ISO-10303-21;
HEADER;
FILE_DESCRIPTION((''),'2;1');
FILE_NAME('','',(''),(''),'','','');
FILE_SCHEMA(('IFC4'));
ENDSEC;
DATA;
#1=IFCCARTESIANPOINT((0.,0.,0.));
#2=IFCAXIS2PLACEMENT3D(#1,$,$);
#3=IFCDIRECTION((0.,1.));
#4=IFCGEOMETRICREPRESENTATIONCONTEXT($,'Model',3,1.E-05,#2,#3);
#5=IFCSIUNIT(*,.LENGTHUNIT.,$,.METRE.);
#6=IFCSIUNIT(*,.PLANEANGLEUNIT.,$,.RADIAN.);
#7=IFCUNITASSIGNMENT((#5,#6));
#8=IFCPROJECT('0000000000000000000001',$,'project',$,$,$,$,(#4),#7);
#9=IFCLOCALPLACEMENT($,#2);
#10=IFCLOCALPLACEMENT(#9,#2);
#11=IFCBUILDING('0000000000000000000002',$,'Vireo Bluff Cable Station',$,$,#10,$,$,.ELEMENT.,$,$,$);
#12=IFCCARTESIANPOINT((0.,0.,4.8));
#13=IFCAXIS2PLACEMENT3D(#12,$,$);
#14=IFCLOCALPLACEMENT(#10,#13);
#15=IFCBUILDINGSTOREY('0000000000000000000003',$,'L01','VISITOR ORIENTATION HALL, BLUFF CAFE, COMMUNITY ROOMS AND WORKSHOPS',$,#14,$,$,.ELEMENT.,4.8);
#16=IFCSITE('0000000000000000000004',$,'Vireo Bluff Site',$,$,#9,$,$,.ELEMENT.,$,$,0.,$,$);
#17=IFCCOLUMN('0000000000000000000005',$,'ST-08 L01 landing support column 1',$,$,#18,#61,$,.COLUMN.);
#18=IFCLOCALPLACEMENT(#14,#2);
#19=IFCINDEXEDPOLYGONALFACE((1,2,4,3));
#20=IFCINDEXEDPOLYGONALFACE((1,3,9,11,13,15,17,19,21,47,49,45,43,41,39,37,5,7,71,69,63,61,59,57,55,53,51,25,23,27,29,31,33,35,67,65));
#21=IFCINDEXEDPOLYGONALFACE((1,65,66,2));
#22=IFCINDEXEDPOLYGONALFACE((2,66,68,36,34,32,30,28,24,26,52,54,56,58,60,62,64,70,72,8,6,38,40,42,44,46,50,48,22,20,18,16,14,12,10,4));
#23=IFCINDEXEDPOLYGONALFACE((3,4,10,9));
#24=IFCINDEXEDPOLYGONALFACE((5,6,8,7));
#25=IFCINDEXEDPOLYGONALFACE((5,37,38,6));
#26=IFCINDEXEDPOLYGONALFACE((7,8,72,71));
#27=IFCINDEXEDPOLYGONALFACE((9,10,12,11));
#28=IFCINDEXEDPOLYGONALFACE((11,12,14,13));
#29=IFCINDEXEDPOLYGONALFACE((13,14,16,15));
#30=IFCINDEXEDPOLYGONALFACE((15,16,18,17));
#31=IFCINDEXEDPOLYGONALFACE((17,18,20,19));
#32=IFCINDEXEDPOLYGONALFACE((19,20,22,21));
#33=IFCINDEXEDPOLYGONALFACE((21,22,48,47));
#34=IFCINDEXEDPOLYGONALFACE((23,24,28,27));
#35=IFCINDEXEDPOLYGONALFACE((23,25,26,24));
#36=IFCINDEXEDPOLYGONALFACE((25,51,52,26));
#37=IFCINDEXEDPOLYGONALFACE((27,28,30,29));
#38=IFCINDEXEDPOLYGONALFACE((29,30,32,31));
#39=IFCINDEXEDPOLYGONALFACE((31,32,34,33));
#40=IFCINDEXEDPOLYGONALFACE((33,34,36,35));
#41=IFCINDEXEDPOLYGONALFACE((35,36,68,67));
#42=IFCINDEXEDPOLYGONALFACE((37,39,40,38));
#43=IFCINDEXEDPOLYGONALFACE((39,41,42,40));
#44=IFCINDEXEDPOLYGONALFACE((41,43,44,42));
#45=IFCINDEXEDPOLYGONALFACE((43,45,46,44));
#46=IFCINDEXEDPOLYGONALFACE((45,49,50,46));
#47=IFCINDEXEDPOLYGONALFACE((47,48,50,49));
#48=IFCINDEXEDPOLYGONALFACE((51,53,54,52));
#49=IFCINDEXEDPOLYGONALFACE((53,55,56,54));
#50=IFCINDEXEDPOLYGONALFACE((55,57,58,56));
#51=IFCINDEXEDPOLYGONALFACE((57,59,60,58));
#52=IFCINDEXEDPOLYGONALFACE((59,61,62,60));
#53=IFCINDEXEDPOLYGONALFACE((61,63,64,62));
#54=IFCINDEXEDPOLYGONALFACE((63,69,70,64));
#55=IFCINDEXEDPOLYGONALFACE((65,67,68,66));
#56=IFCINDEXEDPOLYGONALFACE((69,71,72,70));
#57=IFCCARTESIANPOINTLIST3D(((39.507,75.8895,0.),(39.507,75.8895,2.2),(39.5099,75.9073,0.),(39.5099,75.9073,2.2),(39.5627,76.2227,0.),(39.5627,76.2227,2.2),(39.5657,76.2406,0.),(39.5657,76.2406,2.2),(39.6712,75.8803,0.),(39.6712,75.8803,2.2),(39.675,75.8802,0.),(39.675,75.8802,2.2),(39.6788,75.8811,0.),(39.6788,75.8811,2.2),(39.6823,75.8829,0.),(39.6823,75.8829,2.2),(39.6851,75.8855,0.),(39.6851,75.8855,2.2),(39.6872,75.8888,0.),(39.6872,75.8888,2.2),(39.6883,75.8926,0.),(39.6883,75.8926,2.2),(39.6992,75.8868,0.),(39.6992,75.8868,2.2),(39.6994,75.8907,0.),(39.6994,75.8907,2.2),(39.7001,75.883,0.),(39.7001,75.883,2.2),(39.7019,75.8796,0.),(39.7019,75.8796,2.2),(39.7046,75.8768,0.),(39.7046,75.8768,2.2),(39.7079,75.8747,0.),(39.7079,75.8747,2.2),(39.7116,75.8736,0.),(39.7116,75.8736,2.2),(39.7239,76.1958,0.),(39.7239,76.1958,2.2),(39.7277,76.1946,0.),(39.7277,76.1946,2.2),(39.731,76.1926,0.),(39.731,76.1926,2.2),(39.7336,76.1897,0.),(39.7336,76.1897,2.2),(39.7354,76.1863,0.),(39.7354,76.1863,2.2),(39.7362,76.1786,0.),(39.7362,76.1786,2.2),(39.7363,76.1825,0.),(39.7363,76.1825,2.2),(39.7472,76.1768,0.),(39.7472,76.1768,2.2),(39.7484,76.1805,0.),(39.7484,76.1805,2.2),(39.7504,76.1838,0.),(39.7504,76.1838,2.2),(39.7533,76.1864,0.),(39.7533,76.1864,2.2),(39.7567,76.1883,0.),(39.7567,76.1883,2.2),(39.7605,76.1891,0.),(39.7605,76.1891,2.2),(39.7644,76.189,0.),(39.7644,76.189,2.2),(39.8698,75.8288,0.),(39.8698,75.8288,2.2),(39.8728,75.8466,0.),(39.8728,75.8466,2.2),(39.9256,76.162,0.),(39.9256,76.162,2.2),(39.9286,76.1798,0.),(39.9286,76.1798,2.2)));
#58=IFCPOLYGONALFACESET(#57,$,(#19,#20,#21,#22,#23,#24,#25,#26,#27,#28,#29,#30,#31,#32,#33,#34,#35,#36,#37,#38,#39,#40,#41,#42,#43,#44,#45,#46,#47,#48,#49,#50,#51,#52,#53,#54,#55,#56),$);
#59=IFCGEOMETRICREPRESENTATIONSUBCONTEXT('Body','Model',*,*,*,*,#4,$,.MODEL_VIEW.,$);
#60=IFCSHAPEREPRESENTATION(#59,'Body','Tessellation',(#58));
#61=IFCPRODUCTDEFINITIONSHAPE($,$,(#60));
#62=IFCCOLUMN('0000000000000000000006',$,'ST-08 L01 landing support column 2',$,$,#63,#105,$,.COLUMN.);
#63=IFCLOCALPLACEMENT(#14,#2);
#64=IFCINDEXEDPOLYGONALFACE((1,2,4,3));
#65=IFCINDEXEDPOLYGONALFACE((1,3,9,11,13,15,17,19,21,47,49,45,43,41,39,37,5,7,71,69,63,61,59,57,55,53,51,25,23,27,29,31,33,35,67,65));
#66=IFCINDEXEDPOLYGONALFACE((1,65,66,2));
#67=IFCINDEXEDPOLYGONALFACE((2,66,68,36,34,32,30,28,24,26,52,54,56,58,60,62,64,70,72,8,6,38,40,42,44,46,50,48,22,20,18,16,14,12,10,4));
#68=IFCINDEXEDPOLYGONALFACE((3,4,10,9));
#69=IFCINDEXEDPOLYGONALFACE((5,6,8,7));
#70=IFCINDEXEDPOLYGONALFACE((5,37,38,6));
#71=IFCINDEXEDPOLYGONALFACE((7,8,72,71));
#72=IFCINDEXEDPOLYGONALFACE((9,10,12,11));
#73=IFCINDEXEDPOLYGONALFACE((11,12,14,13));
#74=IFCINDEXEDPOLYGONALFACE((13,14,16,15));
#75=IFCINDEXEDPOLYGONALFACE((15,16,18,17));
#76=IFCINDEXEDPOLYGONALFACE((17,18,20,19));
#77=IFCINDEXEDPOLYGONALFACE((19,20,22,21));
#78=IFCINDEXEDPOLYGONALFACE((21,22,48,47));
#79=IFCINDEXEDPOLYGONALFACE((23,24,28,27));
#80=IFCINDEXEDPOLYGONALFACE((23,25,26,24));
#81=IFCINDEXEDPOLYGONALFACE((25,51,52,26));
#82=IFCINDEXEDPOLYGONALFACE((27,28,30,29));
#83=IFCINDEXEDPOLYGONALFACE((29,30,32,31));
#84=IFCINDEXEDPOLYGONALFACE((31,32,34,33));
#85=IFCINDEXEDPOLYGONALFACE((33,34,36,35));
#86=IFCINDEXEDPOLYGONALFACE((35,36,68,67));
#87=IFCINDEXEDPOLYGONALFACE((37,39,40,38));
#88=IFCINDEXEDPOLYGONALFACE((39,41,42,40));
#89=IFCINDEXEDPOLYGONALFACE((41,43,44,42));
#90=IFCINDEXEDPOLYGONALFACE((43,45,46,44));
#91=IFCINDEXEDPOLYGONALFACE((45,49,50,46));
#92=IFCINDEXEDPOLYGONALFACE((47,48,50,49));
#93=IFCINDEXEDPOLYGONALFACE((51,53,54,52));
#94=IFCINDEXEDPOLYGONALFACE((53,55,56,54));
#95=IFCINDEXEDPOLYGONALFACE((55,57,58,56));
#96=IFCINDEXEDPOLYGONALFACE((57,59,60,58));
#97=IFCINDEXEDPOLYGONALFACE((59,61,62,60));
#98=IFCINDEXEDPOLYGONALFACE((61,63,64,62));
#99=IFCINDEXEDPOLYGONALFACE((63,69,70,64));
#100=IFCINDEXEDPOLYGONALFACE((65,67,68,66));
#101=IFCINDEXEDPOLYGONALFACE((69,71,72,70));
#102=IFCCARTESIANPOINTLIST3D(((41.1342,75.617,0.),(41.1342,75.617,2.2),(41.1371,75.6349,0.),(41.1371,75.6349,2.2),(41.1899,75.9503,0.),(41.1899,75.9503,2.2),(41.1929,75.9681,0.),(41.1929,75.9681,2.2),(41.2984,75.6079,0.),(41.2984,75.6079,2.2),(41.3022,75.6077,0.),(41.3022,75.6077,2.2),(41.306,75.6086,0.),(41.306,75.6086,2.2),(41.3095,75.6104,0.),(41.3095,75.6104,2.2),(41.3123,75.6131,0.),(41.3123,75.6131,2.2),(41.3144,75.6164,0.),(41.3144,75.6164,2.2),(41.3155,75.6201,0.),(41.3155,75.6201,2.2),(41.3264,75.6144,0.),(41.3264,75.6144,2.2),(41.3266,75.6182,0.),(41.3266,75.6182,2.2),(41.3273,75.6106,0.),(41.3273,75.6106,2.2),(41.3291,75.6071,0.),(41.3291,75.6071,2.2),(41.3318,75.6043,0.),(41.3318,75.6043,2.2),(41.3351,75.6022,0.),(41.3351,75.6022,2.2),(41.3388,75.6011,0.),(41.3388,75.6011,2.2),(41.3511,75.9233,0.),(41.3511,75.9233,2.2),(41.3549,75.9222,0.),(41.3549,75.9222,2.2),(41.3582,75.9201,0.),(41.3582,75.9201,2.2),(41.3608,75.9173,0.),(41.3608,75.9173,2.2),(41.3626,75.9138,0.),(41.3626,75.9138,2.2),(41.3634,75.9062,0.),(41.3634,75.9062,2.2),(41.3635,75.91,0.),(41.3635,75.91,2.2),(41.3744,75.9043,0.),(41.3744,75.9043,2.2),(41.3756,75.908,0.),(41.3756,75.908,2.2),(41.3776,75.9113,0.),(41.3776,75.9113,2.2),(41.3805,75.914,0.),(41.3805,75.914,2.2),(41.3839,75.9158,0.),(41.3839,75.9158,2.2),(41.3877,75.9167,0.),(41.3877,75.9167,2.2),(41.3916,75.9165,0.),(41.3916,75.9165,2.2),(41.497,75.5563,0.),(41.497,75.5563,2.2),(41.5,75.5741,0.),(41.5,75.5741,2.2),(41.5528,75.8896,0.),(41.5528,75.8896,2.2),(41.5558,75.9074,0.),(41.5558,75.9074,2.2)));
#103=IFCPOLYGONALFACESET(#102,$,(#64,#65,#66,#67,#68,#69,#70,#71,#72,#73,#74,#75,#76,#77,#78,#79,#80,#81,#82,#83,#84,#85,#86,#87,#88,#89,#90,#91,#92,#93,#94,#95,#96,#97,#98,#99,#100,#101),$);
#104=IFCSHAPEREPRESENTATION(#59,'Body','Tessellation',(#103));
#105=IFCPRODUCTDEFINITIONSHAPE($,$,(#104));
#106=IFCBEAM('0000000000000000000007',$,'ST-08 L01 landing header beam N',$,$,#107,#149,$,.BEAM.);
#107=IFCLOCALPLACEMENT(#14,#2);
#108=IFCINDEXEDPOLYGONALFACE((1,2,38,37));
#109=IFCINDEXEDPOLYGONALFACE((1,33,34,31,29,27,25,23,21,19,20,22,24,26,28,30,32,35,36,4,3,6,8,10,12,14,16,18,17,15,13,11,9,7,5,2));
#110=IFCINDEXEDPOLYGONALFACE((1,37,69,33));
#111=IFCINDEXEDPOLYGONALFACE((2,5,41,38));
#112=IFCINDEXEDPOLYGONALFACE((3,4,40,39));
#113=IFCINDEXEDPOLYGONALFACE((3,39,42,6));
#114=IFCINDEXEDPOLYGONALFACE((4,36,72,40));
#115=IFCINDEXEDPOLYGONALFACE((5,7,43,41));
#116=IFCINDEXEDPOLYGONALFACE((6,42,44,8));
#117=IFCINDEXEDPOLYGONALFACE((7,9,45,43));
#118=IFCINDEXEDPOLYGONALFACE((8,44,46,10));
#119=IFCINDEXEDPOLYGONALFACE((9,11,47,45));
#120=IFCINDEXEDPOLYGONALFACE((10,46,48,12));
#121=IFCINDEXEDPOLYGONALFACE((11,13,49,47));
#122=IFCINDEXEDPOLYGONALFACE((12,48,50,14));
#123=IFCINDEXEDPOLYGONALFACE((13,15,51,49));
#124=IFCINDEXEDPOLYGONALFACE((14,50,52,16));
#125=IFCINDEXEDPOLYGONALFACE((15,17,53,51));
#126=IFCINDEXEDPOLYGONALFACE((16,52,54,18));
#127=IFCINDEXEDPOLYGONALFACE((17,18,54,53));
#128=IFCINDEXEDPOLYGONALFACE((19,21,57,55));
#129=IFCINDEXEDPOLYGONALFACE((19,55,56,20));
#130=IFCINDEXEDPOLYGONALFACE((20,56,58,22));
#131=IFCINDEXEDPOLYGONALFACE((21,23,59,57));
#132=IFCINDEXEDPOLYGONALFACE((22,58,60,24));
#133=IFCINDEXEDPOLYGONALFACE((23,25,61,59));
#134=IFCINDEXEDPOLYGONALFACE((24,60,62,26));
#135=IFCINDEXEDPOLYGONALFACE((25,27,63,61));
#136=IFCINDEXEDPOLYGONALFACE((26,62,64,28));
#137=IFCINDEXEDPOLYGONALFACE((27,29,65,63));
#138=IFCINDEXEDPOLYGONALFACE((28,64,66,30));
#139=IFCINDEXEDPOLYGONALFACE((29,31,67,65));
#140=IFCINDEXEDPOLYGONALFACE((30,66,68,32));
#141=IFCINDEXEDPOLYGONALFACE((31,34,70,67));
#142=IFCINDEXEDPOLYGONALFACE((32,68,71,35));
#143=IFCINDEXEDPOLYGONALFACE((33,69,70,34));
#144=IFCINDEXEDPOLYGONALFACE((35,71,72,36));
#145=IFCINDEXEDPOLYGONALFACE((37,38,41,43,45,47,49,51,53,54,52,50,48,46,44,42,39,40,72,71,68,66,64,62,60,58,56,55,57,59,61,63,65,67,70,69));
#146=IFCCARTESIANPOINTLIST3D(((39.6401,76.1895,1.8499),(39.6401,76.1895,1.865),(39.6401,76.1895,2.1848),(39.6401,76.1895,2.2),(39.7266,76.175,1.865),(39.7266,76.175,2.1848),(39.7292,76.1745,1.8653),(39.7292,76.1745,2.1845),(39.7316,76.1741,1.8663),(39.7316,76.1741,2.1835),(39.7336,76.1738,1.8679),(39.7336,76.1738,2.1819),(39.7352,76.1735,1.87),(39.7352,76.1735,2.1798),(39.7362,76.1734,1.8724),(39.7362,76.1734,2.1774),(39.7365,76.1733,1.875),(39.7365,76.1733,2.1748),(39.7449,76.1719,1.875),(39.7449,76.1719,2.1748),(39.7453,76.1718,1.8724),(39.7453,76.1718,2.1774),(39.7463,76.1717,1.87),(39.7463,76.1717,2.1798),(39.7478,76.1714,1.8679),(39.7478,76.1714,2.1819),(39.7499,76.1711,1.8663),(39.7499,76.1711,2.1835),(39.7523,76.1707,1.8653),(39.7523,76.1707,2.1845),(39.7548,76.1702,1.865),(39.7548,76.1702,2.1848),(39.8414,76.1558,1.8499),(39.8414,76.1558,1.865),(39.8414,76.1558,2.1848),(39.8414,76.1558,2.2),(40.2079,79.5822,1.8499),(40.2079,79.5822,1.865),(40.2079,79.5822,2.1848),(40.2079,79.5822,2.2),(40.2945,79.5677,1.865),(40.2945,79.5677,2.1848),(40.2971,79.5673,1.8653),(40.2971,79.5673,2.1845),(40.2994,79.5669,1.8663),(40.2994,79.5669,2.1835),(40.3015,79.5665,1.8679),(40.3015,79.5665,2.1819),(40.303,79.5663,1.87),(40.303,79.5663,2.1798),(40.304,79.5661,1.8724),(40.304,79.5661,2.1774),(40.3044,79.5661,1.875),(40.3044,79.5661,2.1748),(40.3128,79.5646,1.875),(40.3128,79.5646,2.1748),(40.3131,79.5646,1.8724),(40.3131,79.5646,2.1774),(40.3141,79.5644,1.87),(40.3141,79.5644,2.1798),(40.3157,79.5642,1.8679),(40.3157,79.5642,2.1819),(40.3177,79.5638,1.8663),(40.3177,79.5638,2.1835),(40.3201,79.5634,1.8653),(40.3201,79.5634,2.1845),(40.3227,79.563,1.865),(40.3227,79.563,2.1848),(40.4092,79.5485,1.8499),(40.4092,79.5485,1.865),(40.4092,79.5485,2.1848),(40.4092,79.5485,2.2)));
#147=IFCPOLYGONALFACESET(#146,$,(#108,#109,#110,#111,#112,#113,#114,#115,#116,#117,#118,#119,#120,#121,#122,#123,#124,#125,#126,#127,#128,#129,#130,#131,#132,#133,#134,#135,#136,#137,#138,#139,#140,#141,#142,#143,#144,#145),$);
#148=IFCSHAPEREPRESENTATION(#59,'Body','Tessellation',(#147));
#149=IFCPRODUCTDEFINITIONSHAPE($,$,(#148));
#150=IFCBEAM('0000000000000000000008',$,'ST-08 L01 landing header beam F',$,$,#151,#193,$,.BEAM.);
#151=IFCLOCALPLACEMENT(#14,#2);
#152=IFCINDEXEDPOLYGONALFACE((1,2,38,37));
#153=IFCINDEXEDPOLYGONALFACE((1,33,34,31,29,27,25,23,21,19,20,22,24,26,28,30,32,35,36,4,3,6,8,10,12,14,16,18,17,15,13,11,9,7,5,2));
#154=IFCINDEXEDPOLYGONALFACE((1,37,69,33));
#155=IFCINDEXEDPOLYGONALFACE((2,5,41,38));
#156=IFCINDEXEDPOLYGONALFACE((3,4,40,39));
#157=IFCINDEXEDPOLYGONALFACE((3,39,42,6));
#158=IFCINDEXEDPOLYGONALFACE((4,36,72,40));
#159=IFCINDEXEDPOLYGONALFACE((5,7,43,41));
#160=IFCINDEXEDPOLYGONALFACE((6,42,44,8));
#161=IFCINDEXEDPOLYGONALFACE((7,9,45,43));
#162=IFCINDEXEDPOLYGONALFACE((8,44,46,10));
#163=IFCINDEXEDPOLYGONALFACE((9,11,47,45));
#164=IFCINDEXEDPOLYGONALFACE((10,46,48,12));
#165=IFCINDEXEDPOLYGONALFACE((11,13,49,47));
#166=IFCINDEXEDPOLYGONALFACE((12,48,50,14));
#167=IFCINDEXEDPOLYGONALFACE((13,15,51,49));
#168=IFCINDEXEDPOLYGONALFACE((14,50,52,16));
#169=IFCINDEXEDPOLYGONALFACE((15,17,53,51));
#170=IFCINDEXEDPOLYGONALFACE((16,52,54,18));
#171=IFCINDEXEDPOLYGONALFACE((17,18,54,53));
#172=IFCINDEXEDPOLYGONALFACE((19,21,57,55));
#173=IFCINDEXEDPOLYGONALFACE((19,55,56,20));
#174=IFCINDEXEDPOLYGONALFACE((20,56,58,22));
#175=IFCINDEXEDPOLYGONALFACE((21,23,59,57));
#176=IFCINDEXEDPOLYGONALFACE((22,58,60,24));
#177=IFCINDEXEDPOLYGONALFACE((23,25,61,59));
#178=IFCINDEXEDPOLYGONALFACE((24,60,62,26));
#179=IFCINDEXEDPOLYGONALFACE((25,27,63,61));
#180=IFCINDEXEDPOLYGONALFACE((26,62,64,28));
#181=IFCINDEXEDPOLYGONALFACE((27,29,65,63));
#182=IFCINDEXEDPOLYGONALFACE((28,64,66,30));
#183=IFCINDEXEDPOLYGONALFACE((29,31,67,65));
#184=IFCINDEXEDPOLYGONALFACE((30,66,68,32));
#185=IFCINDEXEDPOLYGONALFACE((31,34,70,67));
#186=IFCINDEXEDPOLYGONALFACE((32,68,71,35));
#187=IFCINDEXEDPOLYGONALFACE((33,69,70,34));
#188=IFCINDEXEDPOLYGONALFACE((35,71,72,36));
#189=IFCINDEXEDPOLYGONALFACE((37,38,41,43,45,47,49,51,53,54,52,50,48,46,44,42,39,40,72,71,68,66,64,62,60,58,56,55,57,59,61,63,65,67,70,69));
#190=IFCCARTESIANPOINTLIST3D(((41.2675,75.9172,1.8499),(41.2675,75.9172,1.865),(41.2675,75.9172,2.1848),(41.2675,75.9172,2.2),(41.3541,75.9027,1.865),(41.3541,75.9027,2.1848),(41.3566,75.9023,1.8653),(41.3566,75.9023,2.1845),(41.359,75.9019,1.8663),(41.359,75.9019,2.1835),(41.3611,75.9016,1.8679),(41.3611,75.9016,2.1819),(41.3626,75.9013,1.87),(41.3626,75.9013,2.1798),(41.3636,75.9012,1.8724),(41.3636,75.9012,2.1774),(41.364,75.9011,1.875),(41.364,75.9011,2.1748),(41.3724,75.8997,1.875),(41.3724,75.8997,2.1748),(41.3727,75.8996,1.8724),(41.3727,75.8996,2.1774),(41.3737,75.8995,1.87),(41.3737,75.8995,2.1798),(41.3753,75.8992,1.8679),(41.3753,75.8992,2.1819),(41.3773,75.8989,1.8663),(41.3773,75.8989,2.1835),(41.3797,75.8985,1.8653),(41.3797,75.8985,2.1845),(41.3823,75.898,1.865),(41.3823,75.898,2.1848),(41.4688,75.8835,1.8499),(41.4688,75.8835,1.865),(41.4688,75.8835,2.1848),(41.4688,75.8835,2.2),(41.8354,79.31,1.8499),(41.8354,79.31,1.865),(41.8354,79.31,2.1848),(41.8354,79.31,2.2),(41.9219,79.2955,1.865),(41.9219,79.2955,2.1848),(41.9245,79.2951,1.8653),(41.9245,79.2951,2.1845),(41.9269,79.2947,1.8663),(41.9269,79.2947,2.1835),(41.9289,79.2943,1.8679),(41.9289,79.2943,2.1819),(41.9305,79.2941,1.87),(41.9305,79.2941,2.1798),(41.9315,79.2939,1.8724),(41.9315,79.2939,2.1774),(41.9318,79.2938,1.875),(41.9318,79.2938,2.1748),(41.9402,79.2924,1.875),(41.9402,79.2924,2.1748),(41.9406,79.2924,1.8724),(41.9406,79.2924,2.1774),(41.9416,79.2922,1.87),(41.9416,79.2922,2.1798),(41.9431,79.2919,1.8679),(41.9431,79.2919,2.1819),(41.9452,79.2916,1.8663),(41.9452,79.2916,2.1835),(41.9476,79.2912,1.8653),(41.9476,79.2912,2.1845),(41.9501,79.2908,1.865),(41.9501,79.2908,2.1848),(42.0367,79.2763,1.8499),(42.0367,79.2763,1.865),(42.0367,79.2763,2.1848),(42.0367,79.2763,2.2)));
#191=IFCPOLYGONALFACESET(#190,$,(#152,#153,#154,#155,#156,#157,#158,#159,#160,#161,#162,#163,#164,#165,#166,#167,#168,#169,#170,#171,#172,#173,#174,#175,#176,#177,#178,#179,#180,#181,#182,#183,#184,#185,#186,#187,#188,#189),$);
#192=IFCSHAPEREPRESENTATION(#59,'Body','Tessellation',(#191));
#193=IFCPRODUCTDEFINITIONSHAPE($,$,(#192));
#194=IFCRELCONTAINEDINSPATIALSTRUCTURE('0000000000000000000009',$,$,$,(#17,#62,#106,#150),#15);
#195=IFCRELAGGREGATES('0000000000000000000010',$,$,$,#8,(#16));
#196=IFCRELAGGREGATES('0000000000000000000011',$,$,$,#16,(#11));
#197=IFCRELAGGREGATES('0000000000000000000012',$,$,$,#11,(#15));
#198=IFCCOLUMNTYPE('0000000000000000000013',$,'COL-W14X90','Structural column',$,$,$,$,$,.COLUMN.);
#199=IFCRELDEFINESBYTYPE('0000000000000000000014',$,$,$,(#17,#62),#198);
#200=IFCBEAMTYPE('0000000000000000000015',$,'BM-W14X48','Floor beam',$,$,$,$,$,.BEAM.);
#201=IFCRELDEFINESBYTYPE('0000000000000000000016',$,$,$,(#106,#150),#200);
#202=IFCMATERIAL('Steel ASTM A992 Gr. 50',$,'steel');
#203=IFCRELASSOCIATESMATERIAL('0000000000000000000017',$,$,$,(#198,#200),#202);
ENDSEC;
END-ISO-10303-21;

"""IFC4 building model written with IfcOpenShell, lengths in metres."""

from ifc_helpers import new_model, si_unit, direction, frame, origin, origin_2d, place, context, subcontext, project, spatial, i_section, extrude, material, material_profile, profile_set, type_object, element, save


model = new_model("IFC4")

# Units and contexts
model_context = context("Model", 3, precision=1e-05, world=origin(), true_north=direction((0.0, 1.0)))
body_context = subcontext(model_context, "Body", "Model", "MODEL_VIEW")
ifc_project = project(units=[si_unit("LENGTHUNIT", "METRE"), si_unit("PLANEANGLEUNIT", "RADIAN")], contexts=[model_context])

# Site, building, storey
site_placement = place(None, origin())
site = spatial("IfcSite", under=ifc_project, at=site_placement, Name="Vireo Bluff Site", CompositionType="ELEMENT", RefElevation=0.0)
building_placement = place(site_placement, origin())
building = spatial("IfcBuilding", under=site, at=building_placement, Name="Vireo Bluff Cable Station", CompositionType="ELEMENT")
storey_placement = place(building_placement, frame((0.0, 0.0, 4.8)))
storey = spatial("IfcBuildingStorey", under=building, at=storey_placement, Name="L01", Description="VISITOR ORIENTATION HALL, BLUFF CAFE, COMMUNITY ROOMS AND WORKSHOPS", CompositionType="ELEMENT", Elevation=4.8)

# Columns
ifc_material_1 = material(Name="Steel ASTM A992 Gr. 50", Category="steel")
ifc_material_profile_1 = material_profile(ifc_material_1, i_section(OverallWidth=0.3679, OverallDepth=0.356, WebThickness=0.0112, FlangeThickness=0.0181, FilletRadius=0.0149, at=origin_2d()), Name="W14X90")
ifc_profile_set_1 = profile_set([ifc_material_profile_1], Name="Steel ASTM A992 Gr. 50")
column_type = type_object("IfcColumnType", Name="COL-W14X90", Description="Structural column", PredefinedType="COLUMN", material=ifc_profile_set_1)
for number, where, z_axis, x_axis, name in (
    (1, (39.7178, 76.0347, 0.0), (0.0, 0.0, 1.0), (0.986286, -0.165048, 0.0), "ST-08 L01 landing support column 1"),
    (2, (41.345, 75.7622, 0.0), (0.0, 0.0, 1.0), (0.986286, -0.165048, 0.0), "ST-08 L01 landing support column 2"),
):
    element("IfcColumn", number, at=place(storey_placement, frame(where, z_axis=z_axis, x_axis=x_axis)), inside=storey, type_object=column_type, Name=name, PredefinedType="COLUMN", context=body_context, shape_type="SweptSolid", body=[
        extrude(i_section(OverallWidth=0.3679, OverallDepth=0.356, WebThickness=0.0112, FlangeThickness=0.0181, FilletRadius=0.0149, at=origin_2d()), origin(), (0.0, 0.0, 1.0), 2.2),
    ])

# Beams
ifc_material_profile_2 = material_profile(ifc_material_1, i_section(OverallWidth=0.2041, OverallDepth=0.3501, WebThickness=0.0085, FlangeThickness=0.0151, FilletRadius=0.01, at=origin_2d()), Name="W14X48")
ifc_profile_set_2 = profile_set([ifc_material_profile_2], Name="Steel ASTM A992 Gr. 50")
beam_type_1 = type_object("IfcBeamType", Name="BM-W14X48", Description="Floor beam", PredefinedType="BEAM", material=ifc_profile_set_2)
for number, where, z_axis, x_axis, name in (
    (3, (39.7407, 76.1726, 2.0249), (0.165078, 0.986281, 0.0), (-0.986281, 0.165078, 0.0), "ST-08 L01 landing header beam N"),
    (4, (41.3682, 75.9004, 2.0249), (0.165078, 0.986281, 0.0), (-0.986281, 0.165078, 0.0), "ST-08 L01 landing header beam F"),
):
    element("IfcBeam", number, at=place(storey_placement, frame(where, z_axis=z_axis, x_axis=x_axis)), inside=storey, type_object=beam_type_1, Name=name, PredefinedType="BEAM", context=body_context, shape_type="SweptSolid", body=[
        extrude(i_section(OverallWidth=0.2041, OverallDepth=0.3501, WebThickness=0.0085, FlangeThickness=0.0151, FilletRadius=0.01, at=origin_2d()), origin(), (0.0, 0.0, 1.0), 3.4399),
    ])

save(model, "model.ifc")
